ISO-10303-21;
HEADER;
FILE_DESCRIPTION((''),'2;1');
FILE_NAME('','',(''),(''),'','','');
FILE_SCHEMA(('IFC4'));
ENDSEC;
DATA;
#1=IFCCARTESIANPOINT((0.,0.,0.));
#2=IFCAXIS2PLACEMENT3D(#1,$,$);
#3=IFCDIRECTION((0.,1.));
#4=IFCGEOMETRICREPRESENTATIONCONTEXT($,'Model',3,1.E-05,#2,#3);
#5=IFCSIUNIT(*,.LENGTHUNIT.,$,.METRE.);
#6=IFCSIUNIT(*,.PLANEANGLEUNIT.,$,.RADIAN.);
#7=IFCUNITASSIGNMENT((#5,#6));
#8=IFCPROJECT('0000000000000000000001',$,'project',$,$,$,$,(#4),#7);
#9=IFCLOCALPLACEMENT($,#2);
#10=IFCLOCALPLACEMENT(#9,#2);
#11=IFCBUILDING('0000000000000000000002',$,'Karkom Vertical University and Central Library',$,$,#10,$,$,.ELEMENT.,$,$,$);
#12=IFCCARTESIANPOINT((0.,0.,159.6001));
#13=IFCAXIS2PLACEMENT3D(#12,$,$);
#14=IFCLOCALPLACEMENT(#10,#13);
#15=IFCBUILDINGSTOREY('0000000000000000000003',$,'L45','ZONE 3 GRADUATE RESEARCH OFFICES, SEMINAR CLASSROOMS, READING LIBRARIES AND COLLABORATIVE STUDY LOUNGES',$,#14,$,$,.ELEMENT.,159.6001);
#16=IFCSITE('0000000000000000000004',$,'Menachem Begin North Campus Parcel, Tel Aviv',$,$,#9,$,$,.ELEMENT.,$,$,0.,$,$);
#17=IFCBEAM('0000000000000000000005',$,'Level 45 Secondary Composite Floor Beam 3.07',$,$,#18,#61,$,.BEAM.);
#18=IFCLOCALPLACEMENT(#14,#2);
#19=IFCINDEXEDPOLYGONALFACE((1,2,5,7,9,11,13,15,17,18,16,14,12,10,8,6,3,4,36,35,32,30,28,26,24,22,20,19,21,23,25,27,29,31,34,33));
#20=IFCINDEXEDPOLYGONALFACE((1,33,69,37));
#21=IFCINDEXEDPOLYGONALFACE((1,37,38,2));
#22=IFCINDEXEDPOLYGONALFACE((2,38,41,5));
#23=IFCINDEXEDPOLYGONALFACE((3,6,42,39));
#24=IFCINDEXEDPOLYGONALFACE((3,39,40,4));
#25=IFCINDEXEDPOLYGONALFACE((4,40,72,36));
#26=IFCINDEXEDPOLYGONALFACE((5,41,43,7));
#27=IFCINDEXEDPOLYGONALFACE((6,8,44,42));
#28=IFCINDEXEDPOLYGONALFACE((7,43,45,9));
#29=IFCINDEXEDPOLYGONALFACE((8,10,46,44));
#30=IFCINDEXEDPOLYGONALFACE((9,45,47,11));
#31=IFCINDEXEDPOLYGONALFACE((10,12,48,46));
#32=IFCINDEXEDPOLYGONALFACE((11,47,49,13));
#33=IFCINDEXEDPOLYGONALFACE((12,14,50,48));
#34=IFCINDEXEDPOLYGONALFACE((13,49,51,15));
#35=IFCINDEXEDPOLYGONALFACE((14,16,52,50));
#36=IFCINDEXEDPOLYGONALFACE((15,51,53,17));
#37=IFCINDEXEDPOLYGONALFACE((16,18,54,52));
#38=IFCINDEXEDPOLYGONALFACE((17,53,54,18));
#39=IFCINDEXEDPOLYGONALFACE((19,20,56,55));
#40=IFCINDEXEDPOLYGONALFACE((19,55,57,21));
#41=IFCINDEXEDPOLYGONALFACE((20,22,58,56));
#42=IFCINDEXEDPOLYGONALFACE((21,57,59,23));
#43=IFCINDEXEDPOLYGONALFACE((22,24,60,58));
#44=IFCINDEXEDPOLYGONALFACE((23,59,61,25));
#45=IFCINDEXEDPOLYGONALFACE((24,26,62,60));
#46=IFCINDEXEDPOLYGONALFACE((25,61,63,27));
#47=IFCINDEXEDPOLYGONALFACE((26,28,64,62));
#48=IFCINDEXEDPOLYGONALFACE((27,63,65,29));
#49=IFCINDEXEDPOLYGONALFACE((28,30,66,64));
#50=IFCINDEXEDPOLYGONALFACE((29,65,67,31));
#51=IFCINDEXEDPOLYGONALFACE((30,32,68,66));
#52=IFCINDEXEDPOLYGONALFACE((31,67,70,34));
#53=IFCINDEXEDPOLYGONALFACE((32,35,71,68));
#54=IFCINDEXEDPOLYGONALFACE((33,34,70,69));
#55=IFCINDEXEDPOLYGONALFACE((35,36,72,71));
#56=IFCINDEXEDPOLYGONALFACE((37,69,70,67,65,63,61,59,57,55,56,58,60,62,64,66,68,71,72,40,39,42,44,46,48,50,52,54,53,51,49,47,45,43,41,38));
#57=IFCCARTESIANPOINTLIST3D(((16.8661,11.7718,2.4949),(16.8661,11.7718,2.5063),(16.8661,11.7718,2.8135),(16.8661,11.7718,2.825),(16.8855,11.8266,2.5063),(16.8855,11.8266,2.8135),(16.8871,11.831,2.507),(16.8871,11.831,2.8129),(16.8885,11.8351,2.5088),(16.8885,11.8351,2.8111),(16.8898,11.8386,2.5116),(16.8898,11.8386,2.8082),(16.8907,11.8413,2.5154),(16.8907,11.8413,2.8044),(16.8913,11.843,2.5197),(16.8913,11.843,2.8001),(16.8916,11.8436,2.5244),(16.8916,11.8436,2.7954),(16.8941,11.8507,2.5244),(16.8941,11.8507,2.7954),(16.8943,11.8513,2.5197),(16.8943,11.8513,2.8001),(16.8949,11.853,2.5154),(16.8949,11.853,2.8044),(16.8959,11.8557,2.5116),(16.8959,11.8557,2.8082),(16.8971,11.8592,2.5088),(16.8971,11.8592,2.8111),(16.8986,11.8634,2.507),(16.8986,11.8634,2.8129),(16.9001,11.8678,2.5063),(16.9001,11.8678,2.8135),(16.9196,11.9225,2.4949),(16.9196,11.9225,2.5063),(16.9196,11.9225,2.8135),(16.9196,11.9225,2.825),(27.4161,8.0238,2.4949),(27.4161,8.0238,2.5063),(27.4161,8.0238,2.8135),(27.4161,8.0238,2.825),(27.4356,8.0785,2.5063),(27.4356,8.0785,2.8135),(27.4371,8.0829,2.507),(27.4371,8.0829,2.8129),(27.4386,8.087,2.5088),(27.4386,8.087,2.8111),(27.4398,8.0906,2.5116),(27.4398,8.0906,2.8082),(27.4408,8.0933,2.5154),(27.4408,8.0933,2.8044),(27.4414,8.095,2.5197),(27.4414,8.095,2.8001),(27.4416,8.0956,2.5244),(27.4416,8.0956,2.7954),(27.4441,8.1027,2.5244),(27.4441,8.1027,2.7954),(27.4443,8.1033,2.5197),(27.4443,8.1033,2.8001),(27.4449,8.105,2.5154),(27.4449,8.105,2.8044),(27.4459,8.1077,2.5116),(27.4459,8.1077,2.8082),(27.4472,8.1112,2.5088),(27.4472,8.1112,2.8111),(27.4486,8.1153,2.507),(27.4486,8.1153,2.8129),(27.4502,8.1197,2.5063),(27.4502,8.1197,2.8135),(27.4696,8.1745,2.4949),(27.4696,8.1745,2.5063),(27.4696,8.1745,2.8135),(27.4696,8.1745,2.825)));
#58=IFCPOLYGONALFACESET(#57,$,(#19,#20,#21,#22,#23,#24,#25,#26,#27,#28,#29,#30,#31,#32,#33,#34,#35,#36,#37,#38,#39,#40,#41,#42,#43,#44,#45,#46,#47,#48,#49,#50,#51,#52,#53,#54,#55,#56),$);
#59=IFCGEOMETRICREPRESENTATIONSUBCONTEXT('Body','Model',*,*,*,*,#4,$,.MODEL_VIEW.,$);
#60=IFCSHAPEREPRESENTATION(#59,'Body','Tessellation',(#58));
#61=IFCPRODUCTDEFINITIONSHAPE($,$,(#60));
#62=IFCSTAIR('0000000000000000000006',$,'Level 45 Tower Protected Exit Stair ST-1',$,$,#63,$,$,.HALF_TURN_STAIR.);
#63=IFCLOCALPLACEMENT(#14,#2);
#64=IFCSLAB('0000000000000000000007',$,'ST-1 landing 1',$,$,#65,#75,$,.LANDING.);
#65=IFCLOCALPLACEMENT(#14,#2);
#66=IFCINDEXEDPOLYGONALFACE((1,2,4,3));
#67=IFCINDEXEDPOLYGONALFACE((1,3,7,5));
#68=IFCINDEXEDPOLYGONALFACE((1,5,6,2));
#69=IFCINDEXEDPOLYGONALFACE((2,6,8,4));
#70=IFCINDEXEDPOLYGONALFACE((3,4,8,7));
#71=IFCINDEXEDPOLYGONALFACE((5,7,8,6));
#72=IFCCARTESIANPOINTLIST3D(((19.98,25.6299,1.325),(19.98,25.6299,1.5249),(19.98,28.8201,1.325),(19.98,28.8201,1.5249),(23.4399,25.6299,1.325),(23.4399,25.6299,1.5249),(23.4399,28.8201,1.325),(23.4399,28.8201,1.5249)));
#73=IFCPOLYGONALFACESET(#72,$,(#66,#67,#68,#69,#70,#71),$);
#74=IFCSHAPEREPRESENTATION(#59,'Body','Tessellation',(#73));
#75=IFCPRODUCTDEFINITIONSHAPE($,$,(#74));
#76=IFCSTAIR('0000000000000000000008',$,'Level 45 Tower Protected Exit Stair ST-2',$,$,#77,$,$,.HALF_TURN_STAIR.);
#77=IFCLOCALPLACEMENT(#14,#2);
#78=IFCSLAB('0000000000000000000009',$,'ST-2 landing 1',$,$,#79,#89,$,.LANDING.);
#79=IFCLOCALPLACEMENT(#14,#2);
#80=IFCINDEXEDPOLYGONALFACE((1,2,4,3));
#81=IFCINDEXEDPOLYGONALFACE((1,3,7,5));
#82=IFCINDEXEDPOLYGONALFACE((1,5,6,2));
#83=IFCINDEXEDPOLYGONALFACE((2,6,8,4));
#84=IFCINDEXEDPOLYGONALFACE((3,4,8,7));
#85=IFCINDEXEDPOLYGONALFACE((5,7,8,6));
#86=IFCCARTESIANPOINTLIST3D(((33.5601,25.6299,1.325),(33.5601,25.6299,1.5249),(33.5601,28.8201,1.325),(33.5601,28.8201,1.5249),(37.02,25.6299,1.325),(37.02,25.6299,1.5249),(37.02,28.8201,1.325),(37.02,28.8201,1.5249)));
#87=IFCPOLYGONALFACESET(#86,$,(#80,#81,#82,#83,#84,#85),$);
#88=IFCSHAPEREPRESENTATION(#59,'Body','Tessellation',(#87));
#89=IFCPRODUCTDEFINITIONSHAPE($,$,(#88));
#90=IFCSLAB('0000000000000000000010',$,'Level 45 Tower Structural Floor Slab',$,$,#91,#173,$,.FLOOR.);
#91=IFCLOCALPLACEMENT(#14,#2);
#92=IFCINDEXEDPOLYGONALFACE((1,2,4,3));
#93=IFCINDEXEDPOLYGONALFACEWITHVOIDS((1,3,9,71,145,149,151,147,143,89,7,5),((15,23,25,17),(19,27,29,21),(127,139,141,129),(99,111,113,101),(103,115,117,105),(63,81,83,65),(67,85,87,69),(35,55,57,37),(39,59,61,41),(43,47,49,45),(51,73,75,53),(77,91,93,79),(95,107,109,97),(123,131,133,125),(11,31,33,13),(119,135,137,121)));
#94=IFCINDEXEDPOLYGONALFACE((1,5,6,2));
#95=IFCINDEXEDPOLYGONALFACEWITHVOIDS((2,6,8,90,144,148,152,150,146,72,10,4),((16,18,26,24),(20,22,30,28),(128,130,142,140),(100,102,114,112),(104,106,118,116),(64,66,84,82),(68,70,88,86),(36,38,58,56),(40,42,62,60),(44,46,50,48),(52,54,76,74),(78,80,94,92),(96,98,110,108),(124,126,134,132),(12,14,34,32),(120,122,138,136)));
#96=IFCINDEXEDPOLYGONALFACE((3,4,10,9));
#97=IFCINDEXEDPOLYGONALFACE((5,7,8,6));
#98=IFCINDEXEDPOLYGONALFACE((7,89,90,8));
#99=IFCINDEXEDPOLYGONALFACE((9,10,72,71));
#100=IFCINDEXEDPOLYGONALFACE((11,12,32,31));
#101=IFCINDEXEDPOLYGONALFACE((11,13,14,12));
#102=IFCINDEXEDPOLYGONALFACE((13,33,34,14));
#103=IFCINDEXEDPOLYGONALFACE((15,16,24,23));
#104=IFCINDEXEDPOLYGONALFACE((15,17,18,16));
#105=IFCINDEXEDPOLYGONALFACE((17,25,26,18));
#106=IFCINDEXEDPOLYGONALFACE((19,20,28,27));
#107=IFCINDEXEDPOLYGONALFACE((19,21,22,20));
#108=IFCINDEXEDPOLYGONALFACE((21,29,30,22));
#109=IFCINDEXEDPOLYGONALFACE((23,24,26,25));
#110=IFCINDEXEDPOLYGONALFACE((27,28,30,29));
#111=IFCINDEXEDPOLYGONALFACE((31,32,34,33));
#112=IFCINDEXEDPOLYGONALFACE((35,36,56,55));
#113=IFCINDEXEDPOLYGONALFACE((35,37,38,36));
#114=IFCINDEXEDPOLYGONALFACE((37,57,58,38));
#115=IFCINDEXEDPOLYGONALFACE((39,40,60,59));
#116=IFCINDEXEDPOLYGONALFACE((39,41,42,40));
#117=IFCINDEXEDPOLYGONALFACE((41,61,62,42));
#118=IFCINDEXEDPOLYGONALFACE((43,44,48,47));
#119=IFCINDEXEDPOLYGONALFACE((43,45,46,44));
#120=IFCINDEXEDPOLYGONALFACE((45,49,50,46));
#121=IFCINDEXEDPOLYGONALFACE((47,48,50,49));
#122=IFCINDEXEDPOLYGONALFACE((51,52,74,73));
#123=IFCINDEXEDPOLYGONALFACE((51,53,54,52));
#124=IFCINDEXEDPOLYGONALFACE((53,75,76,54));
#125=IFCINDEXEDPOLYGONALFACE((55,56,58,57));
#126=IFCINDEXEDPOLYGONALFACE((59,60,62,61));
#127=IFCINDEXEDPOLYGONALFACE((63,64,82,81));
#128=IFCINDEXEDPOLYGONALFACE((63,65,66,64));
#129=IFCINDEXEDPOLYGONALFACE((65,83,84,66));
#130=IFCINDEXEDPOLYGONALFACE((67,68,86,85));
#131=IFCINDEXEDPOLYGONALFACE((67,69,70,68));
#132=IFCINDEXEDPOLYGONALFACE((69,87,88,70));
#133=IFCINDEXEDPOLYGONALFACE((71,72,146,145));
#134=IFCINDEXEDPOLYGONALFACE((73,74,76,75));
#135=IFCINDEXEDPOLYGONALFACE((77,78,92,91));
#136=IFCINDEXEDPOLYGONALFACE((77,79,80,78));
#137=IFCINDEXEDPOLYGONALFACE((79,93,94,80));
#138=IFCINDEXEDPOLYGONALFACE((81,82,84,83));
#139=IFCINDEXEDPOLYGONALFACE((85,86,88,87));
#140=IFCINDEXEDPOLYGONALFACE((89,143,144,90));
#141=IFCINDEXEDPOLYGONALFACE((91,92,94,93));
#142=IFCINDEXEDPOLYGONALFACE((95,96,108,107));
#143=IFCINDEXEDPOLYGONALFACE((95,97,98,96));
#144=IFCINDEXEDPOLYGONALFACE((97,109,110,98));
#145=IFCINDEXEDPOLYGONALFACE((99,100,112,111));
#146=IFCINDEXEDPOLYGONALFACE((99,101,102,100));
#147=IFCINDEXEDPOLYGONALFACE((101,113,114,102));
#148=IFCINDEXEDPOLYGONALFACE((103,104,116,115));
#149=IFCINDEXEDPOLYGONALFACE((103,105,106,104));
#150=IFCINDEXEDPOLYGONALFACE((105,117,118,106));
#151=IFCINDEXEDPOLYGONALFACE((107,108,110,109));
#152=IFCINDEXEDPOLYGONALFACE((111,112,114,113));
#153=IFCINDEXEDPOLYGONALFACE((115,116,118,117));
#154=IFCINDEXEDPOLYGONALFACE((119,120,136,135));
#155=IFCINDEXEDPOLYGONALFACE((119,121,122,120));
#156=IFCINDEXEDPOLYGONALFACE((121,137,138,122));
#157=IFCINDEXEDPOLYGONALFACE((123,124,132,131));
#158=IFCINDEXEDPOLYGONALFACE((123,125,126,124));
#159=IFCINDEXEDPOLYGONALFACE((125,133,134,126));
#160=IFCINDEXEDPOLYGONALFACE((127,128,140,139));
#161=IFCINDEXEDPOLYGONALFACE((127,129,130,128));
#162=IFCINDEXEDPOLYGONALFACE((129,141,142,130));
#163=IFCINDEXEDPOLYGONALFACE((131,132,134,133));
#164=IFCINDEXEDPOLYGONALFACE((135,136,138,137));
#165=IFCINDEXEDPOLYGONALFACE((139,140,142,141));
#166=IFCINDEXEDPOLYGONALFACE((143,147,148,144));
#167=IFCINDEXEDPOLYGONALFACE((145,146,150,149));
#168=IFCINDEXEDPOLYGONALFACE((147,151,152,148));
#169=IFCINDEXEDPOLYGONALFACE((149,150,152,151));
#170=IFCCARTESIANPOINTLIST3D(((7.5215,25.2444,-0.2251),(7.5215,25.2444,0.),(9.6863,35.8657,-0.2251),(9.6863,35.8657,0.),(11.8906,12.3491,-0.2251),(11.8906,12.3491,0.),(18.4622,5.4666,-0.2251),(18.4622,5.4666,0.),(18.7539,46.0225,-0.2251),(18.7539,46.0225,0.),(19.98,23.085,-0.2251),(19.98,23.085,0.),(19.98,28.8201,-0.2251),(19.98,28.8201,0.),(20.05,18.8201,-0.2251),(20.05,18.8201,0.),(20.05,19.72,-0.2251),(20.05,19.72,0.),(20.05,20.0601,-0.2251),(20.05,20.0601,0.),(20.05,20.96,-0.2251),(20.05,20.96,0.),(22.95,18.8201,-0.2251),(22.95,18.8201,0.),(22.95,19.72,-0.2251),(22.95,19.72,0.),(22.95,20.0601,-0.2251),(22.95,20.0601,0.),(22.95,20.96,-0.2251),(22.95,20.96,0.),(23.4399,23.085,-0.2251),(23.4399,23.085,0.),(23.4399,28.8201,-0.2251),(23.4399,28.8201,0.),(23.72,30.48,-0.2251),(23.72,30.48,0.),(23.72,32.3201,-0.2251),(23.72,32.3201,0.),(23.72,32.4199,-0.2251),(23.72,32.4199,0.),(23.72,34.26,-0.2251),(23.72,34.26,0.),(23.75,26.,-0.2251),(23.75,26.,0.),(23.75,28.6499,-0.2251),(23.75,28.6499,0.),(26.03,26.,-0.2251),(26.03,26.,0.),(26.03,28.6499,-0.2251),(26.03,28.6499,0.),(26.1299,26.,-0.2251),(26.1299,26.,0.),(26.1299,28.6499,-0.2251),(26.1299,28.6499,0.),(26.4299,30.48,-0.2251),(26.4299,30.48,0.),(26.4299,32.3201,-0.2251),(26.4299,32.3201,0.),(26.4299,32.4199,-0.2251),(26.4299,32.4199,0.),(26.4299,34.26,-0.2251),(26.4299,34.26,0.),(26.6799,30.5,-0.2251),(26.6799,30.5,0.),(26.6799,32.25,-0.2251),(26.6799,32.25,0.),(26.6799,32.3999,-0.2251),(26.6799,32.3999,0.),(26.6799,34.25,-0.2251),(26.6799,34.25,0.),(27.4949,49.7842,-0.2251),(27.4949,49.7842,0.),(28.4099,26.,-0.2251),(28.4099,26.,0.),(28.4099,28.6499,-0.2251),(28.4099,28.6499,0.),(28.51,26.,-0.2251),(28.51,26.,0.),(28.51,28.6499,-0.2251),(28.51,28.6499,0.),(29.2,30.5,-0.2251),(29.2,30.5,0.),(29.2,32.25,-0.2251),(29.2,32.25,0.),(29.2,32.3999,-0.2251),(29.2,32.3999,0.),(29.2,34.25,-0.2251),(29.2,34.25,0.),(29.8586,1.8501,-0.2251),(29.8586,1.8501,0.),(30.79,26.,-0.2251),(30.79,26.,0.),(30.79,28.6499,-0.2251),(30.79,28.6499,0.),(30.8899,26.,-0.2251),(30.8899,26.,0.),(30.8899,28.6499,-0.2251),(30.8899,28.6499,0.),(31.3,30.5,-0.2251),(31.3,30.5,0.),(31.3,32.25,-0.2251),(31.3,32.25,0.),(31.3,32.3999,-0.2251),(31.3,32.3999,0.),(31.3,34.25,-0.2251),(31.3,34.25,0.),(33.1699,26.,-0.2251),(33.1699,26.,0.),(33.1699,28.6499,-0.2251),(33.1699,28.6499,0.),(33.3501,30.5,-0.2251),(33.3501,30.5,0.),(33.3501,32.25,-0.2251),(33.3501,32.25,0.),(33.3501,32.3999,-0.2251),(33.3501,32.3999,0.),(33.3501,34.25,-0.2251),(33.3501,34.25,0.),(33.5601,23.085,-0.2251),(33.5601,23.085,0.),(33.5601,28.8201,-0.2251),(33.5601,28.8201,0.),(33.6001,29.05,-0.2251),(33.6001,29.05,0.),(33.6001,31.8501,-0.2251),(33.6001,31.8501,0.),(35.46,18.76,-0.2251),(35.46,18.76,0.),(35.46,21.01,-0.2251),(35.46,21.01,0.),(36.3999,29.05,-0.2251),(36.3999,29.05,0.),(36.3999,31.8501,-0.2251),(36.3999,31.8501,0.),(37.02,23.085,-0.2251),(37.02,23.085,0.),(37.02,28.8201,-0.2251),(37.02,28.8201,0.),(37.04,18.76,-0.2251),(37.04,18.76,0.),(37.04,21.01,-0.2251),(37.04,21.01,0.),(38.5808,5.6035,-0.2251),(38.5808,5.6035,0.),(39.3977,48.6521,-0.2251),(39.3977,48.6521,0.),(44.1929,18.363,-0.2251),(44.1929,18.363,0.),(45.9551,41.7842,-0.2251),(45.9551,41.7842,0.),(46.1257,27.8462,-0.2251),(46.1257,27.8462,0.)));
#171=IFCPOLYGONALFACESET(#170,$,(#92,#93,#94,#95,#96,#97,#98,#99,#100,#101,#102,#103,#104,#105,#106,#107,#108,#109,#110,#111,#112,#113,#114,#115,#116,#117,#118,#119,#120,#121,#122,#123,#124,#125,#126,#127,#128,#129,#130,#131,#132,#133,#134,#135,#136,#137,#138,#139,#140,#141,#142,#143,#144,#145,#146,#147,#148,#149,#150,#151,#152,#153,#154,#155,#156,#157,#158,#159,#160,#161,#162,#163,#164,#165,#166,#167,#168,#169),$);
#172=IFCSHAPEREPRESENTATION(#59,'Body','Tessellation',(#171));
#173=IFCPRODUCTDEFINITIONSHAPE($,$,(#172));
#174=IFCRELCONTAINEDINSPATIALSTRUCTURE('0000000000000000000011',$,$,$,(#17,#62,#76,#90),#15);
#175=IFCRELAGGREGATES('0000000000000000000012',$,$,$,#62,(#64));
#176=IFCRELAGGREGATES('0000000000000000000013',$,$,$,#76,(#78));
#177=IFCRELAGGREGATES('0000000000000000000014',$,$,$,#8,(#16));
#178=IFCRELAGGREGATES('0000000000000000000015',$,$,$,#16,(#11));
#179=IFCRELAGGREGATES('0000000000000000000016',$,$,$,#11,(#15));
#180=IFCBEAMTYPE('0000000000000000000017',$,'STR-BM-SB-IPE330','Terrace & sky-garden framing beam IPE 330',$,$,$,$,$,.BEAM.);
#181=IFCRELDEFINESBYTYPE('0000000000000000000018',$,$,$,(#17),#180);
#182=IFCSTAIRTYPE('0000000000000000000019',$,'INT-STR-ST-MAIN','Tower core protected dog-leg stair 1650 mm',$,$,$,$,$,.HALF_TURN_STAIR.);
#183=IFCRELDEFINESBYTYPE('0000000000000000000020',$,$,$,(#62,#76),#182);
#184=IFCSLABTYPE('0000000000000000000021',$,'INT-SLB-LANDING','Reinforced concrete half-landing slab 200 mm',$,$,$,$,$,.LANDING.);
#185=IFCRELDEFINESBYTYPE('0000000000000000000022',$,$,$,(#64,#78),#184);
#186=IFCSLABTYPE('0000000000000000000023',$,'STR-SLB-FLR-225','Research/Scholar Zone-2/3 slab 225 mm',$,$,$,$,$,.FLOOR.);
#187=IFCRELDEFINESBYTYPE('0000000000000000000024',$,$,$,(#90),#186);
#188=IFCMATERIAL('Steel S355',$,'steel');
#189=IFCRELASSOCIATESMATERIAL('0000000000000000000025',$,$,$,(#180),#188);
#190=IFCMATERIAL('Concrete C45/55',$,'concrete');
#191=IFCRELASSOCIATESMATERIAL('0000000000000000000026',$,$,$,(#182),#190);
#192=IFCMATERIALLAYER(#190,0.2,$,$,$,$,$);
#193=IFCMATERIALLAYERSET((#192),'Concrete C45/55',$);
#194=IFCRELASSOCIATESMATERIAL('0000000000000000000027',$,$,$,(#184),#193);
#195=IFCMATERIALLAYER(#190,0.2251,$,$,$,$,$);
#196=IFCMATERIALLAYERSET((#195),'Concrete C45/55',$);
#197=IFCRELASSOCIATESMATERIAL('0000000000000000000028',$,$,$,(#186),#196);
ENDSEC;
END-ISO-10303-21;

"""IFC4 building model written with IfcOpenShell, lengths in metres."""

from ifc_helpers import new_model, si_unit, direction, frame, origin, origin_with_axes, origin_2d, place, context, subcontext, project, spatial, polyline, i_section, outline, extrude, source, transform, mapped, material, layer, layer_set, material_profile, profile_set, type_object, element, aggregate, save


model = new_model("IFC4")

# Units and contexts
model_context = context("Model", 3, precision=1e-05, world=origin(), true_north=direction((0.0, 1.0)))
body_context = subcontext(model_context, "Body", "Model", "MODEL_VIEW")
ifc_project = project(units=[si_unit("LENGTHUNIT", "METRE"), si_unit("PLANEANGLEUNIT", "RADIAN")], contexts=[model_context])

# Site, building, storey
site_placement = place(None, origin())
site = spatial("IfcSite", under=ifc_project, at=site_placement, Name="Menachem Begin North Campus Parcel, Tel Aviv", CompositionType="ELEMENT", RefElevation=0.0)
building_placement = place(site_placement, origin())
building = spatial("IfcBuilding", under=site, at=building_placement, Name="Karkom Vertical University and Central Library", CompositionType="ELEMENT")
storey_placement = place(building_placement, frame((0.0, 0.0, 159.6001)))
storey = spatial("IfcBuildingStorey", under=building, at=storey_placement, Name="L45", Description="ZONE 3 GRADUATE RESEARCH OFFICES, SEMINAR CLASSROOMS, READING LIBRARIES AND COLLABORATIVE STUDY LOUNGES", CompositionType="ELEMENT", Elevation=159.6001)

# Beam
ifc_material_1 = material(Name="Steel S355", Category="steel")
ifc_material_profile_1 = material_profile(ifc_material_1, i_section(OverallWidth=0.1599, OverallDepth=0.3301, WebThickness=0.0076, FlangeThickness=0.0115, FilletRadius=0.0181, at=origin_2d()), Name="IPE 330")
ifc_profile_set_1 = profile_set([ifc_material_profile_1], Name="Steel S355")
beam_type_1 = type_object("IfcBeamType", Name="STR-BM-SB-IPE330", Description="Terrace & sky-garden framing beam IPE 330", PredefinedType="BEAM", material=ifc_profile_set_1)
shared_shape_1 = source(origin_with_axes(), body_context, "Body", "SweptSolid", [
    extrude(i_section(OverallWidth=0.1599, OverallDepth=0.3301, WebThickness=0.0076, FlangeThickness=0.0115, FilletRadius=0.0181, at=origin_2d()), origin(), (0.0, 0.0, 1.0), 11.196),
])
beam_1_placement = place(storey_placement, frame((16.8928, 11.8472, 2.6599), z_axis=(0.942302, -0.334765, 0.0), x_axis=(0.334765, 0.942302, 0.0)))
element("IfcBeam", 1, at=beam_1_placement, inside=storey, type_object=beam_type_1, Name="Level 45 Secondary Composite Floor Beam 3.07", PredefinedType="BEAM", context=body_context, shape_type="MappedRepresentation", body=[
    mapped(shared_shape_1, transform((0.0, 0.0, 0.0), scale=1.0)),
])

# Stairs, slabs
ifc_material_2 = material(Name="Concrete C45/55", Category="concrete")
stair_type = type_object("IfcStairType", Name="INT-STR-ST-MAIN", Description="Tower core protected dog-leg stair 1650 mm", PredefinedType="HALF_TURN_STAIR", material=ifc_material_2)
stair_1_placement = place(storey_placement, origin())
stair_1 = element("IfcStair", 2, at=stair_1_placement, inside=storey, type_object=stair_type, Name="Level 45 Tower Protected Exit Stair ST-1", PredefinedType="HALF_TURN_STAIR")
ifc_layer_1 = layer(ifc_material_2, 0.2)
ifc_layer_set_1 = layer_set([ifc_layer_1], Name="Concrete C45/55")
slab_type_1 = type_object("IfcSlabType", Name="INT-SLB-LANDING", Description="Reinforced concrete half-landing slab 200 mm", PredefinedType="LANDING", material=ifc_layer_set_1)
slab_1_placement = place(storey_placement, frame((0.0, 0.0, 1.325)))
slab_1 = element("IfcSlab", 3, at=slab_1_placement, type_object=slab_type_1, Name="ST-1 landing 1", PredefinedType="LANDING", context=body_context, shape_type="SweptSolid", body=[
    extrude(outline(polyline([(23.4399, 25.6299), (23.4399, 28.8201), (19.98, 28.8201), (19.98, 25.6299), (23.4399, 25.6299)])), origin(), (0.0, 0.0, 1.0), 0.2),
])
aggregate(stair_1, [slab_1])
stair_2_placement = place(storey_placement, origin())
stair_2 = element("IfcStair", 4, at=stair_2_placement, inside=storey, type_object=stair_type, Name="Level 45 Tower Protected Exit Stair ST-2", PredefinedType="HALF_TURN_STAIR")
slab_2_placement = place(storey_placement, frame((0.0, 0.0, 1.325)))
slab_2 = element("IfcSlab", 5, at=slab_2_placement, type_object=slab_type_1, Name="ST-2 landing 1", PredefinedType="LANDING", context=body_context, shape_type="SweptSolid", body=[
    extrude(outline(polyline([(37.02, 25.6299), (37.02, 28.8201), (33.5601, 28.8201), (33.5601, 25.6299), (37.02, 25.6299)])), origin(), (0.0, 0.0, 1.0), 0.2),
])
aggregate(stair_2, [slab_2])

# Slab
ifc_layer_2 = layer(ifc_material_2, 0.2251)
ifc_layer_set_2 = layer_set([ifc_layer_2], Name="Concrete C45/55")
slab_type_2 = type_object("IfcSlabType", Name="STR-SLB-FLR-225", Description="Research/Scholar Zone-2/3 slab 225 mm", PredefinedType="FLOOR", material=ifc_layer_set_2)
slab_3_placement = place(storey_placement, frame((0.0, 0.0, -0.2251)))
element("IfcSlab", 6, at=slab_3_placement, inside=storey, type_object=slab_type_2, Name="Level 45 Tower Structural Floor Slab", PredefinedType="FLOOR", context=body_context, shape_type="SweptSolid", body=[
    extrude(outline(polyline([(9.6863, 35.8657), (7.5215, 25.2444), (11.8906, 12.3491), (18.4622, 5.4666), (29.8586, 1.8501), (38.5808, 5.6035), (44.1929, 18.363), (46.1257, 27.8462), (45.9551, 41.7842), (39.3977, 48.6521), (27.4949, 49.7842), (18.7539, 46.0225), (9.6863, 35.8657)]), holes=[polyline([(19.98, 23.085), (23.4399, 23.085), (23.4399, 28.8201), (19.98, 28.8201), (19.98, 23.085)]), polyline([(33.5601, 23.085), (37.02, 23.085), (37.02, 28.8201), (33.5601, 28.8201), (33.5601, 23.085)]), polyline([(23.75, 26.0), (26.03, 26.0), (26.03, 28.6499), (23.75, 28.6499), (23.75, 26.0)]), polyline([(26.1299, 26.0), (28.4099, 26.0), (28.4099, 28.6499), (26.1299, 28.6499), (26.1299, 26.0)]), polyline([(28.51, 26.0), (30.79, 26.0), (30.79, 28.6499), (28.51, 28.6499), (28.51, 26.0)]), polyline([(30.8899, 26.0), (33.1699, 26.0), (33.1699, 28.6499), (30.8899, 28.6499), (30.8899, 26.0)]), polyline([(26.6799, 30.5), (29.2, 30.5), (29.2, 32.25), (26.6799, 32.25), (26.6799, 30.5)]), polyline([(26.6799, 32.3999), (29.2, 32.3999), (29.2, 34.25), (26.6799, 34.25), (26.6799, 32.3999)]), polyline([(31.3, 30.5), (33.3501, 30.5), (33.3501, 32.25), (31.3, 32.25), (31.3, 30.5)]), polyline([(31.3, 32.3999), (33.3501, 32.3999), (33.3501, 34.25), (31.3, 34.25), (31.3, 32.3999)]), polyline([(23.72, 30.48), (26.4299, 30.48), (26.4299, 32.3201), (23.72, 32.3201), (23.72, 30.48)]), polyline([(23.72, 32.4199), (26.4299, 32.4199), (26.4299, 34.26), (23.72, 34.26), (23.72, 32.4199)]), polyline([(33.6001, 29.05), (36.3999, 29.05), (36.3999, 31.8501), (33.6001, 31.8501), (33.6001, 29.05)]), polyline([(20.05, 18.8201), (22.95, 18.8201), (22.95, 19.72), (20.05, 19.72), (20.05, 18.8201)]), polyline([(20.05, 20.0601), (22.95, 20.0601), (22.95, 20.96), (20.05, 20.96), (20.05, 20.0601)]), polyline([(35.46, 18.76), (37.04, 18.76), (37.04, 21.01), (35.46, 21.01), (35.46, 18.76)])]), origin(), (0.0, 0.0, 1.0), 0.2251),
])

save(model, "model.ifc")
